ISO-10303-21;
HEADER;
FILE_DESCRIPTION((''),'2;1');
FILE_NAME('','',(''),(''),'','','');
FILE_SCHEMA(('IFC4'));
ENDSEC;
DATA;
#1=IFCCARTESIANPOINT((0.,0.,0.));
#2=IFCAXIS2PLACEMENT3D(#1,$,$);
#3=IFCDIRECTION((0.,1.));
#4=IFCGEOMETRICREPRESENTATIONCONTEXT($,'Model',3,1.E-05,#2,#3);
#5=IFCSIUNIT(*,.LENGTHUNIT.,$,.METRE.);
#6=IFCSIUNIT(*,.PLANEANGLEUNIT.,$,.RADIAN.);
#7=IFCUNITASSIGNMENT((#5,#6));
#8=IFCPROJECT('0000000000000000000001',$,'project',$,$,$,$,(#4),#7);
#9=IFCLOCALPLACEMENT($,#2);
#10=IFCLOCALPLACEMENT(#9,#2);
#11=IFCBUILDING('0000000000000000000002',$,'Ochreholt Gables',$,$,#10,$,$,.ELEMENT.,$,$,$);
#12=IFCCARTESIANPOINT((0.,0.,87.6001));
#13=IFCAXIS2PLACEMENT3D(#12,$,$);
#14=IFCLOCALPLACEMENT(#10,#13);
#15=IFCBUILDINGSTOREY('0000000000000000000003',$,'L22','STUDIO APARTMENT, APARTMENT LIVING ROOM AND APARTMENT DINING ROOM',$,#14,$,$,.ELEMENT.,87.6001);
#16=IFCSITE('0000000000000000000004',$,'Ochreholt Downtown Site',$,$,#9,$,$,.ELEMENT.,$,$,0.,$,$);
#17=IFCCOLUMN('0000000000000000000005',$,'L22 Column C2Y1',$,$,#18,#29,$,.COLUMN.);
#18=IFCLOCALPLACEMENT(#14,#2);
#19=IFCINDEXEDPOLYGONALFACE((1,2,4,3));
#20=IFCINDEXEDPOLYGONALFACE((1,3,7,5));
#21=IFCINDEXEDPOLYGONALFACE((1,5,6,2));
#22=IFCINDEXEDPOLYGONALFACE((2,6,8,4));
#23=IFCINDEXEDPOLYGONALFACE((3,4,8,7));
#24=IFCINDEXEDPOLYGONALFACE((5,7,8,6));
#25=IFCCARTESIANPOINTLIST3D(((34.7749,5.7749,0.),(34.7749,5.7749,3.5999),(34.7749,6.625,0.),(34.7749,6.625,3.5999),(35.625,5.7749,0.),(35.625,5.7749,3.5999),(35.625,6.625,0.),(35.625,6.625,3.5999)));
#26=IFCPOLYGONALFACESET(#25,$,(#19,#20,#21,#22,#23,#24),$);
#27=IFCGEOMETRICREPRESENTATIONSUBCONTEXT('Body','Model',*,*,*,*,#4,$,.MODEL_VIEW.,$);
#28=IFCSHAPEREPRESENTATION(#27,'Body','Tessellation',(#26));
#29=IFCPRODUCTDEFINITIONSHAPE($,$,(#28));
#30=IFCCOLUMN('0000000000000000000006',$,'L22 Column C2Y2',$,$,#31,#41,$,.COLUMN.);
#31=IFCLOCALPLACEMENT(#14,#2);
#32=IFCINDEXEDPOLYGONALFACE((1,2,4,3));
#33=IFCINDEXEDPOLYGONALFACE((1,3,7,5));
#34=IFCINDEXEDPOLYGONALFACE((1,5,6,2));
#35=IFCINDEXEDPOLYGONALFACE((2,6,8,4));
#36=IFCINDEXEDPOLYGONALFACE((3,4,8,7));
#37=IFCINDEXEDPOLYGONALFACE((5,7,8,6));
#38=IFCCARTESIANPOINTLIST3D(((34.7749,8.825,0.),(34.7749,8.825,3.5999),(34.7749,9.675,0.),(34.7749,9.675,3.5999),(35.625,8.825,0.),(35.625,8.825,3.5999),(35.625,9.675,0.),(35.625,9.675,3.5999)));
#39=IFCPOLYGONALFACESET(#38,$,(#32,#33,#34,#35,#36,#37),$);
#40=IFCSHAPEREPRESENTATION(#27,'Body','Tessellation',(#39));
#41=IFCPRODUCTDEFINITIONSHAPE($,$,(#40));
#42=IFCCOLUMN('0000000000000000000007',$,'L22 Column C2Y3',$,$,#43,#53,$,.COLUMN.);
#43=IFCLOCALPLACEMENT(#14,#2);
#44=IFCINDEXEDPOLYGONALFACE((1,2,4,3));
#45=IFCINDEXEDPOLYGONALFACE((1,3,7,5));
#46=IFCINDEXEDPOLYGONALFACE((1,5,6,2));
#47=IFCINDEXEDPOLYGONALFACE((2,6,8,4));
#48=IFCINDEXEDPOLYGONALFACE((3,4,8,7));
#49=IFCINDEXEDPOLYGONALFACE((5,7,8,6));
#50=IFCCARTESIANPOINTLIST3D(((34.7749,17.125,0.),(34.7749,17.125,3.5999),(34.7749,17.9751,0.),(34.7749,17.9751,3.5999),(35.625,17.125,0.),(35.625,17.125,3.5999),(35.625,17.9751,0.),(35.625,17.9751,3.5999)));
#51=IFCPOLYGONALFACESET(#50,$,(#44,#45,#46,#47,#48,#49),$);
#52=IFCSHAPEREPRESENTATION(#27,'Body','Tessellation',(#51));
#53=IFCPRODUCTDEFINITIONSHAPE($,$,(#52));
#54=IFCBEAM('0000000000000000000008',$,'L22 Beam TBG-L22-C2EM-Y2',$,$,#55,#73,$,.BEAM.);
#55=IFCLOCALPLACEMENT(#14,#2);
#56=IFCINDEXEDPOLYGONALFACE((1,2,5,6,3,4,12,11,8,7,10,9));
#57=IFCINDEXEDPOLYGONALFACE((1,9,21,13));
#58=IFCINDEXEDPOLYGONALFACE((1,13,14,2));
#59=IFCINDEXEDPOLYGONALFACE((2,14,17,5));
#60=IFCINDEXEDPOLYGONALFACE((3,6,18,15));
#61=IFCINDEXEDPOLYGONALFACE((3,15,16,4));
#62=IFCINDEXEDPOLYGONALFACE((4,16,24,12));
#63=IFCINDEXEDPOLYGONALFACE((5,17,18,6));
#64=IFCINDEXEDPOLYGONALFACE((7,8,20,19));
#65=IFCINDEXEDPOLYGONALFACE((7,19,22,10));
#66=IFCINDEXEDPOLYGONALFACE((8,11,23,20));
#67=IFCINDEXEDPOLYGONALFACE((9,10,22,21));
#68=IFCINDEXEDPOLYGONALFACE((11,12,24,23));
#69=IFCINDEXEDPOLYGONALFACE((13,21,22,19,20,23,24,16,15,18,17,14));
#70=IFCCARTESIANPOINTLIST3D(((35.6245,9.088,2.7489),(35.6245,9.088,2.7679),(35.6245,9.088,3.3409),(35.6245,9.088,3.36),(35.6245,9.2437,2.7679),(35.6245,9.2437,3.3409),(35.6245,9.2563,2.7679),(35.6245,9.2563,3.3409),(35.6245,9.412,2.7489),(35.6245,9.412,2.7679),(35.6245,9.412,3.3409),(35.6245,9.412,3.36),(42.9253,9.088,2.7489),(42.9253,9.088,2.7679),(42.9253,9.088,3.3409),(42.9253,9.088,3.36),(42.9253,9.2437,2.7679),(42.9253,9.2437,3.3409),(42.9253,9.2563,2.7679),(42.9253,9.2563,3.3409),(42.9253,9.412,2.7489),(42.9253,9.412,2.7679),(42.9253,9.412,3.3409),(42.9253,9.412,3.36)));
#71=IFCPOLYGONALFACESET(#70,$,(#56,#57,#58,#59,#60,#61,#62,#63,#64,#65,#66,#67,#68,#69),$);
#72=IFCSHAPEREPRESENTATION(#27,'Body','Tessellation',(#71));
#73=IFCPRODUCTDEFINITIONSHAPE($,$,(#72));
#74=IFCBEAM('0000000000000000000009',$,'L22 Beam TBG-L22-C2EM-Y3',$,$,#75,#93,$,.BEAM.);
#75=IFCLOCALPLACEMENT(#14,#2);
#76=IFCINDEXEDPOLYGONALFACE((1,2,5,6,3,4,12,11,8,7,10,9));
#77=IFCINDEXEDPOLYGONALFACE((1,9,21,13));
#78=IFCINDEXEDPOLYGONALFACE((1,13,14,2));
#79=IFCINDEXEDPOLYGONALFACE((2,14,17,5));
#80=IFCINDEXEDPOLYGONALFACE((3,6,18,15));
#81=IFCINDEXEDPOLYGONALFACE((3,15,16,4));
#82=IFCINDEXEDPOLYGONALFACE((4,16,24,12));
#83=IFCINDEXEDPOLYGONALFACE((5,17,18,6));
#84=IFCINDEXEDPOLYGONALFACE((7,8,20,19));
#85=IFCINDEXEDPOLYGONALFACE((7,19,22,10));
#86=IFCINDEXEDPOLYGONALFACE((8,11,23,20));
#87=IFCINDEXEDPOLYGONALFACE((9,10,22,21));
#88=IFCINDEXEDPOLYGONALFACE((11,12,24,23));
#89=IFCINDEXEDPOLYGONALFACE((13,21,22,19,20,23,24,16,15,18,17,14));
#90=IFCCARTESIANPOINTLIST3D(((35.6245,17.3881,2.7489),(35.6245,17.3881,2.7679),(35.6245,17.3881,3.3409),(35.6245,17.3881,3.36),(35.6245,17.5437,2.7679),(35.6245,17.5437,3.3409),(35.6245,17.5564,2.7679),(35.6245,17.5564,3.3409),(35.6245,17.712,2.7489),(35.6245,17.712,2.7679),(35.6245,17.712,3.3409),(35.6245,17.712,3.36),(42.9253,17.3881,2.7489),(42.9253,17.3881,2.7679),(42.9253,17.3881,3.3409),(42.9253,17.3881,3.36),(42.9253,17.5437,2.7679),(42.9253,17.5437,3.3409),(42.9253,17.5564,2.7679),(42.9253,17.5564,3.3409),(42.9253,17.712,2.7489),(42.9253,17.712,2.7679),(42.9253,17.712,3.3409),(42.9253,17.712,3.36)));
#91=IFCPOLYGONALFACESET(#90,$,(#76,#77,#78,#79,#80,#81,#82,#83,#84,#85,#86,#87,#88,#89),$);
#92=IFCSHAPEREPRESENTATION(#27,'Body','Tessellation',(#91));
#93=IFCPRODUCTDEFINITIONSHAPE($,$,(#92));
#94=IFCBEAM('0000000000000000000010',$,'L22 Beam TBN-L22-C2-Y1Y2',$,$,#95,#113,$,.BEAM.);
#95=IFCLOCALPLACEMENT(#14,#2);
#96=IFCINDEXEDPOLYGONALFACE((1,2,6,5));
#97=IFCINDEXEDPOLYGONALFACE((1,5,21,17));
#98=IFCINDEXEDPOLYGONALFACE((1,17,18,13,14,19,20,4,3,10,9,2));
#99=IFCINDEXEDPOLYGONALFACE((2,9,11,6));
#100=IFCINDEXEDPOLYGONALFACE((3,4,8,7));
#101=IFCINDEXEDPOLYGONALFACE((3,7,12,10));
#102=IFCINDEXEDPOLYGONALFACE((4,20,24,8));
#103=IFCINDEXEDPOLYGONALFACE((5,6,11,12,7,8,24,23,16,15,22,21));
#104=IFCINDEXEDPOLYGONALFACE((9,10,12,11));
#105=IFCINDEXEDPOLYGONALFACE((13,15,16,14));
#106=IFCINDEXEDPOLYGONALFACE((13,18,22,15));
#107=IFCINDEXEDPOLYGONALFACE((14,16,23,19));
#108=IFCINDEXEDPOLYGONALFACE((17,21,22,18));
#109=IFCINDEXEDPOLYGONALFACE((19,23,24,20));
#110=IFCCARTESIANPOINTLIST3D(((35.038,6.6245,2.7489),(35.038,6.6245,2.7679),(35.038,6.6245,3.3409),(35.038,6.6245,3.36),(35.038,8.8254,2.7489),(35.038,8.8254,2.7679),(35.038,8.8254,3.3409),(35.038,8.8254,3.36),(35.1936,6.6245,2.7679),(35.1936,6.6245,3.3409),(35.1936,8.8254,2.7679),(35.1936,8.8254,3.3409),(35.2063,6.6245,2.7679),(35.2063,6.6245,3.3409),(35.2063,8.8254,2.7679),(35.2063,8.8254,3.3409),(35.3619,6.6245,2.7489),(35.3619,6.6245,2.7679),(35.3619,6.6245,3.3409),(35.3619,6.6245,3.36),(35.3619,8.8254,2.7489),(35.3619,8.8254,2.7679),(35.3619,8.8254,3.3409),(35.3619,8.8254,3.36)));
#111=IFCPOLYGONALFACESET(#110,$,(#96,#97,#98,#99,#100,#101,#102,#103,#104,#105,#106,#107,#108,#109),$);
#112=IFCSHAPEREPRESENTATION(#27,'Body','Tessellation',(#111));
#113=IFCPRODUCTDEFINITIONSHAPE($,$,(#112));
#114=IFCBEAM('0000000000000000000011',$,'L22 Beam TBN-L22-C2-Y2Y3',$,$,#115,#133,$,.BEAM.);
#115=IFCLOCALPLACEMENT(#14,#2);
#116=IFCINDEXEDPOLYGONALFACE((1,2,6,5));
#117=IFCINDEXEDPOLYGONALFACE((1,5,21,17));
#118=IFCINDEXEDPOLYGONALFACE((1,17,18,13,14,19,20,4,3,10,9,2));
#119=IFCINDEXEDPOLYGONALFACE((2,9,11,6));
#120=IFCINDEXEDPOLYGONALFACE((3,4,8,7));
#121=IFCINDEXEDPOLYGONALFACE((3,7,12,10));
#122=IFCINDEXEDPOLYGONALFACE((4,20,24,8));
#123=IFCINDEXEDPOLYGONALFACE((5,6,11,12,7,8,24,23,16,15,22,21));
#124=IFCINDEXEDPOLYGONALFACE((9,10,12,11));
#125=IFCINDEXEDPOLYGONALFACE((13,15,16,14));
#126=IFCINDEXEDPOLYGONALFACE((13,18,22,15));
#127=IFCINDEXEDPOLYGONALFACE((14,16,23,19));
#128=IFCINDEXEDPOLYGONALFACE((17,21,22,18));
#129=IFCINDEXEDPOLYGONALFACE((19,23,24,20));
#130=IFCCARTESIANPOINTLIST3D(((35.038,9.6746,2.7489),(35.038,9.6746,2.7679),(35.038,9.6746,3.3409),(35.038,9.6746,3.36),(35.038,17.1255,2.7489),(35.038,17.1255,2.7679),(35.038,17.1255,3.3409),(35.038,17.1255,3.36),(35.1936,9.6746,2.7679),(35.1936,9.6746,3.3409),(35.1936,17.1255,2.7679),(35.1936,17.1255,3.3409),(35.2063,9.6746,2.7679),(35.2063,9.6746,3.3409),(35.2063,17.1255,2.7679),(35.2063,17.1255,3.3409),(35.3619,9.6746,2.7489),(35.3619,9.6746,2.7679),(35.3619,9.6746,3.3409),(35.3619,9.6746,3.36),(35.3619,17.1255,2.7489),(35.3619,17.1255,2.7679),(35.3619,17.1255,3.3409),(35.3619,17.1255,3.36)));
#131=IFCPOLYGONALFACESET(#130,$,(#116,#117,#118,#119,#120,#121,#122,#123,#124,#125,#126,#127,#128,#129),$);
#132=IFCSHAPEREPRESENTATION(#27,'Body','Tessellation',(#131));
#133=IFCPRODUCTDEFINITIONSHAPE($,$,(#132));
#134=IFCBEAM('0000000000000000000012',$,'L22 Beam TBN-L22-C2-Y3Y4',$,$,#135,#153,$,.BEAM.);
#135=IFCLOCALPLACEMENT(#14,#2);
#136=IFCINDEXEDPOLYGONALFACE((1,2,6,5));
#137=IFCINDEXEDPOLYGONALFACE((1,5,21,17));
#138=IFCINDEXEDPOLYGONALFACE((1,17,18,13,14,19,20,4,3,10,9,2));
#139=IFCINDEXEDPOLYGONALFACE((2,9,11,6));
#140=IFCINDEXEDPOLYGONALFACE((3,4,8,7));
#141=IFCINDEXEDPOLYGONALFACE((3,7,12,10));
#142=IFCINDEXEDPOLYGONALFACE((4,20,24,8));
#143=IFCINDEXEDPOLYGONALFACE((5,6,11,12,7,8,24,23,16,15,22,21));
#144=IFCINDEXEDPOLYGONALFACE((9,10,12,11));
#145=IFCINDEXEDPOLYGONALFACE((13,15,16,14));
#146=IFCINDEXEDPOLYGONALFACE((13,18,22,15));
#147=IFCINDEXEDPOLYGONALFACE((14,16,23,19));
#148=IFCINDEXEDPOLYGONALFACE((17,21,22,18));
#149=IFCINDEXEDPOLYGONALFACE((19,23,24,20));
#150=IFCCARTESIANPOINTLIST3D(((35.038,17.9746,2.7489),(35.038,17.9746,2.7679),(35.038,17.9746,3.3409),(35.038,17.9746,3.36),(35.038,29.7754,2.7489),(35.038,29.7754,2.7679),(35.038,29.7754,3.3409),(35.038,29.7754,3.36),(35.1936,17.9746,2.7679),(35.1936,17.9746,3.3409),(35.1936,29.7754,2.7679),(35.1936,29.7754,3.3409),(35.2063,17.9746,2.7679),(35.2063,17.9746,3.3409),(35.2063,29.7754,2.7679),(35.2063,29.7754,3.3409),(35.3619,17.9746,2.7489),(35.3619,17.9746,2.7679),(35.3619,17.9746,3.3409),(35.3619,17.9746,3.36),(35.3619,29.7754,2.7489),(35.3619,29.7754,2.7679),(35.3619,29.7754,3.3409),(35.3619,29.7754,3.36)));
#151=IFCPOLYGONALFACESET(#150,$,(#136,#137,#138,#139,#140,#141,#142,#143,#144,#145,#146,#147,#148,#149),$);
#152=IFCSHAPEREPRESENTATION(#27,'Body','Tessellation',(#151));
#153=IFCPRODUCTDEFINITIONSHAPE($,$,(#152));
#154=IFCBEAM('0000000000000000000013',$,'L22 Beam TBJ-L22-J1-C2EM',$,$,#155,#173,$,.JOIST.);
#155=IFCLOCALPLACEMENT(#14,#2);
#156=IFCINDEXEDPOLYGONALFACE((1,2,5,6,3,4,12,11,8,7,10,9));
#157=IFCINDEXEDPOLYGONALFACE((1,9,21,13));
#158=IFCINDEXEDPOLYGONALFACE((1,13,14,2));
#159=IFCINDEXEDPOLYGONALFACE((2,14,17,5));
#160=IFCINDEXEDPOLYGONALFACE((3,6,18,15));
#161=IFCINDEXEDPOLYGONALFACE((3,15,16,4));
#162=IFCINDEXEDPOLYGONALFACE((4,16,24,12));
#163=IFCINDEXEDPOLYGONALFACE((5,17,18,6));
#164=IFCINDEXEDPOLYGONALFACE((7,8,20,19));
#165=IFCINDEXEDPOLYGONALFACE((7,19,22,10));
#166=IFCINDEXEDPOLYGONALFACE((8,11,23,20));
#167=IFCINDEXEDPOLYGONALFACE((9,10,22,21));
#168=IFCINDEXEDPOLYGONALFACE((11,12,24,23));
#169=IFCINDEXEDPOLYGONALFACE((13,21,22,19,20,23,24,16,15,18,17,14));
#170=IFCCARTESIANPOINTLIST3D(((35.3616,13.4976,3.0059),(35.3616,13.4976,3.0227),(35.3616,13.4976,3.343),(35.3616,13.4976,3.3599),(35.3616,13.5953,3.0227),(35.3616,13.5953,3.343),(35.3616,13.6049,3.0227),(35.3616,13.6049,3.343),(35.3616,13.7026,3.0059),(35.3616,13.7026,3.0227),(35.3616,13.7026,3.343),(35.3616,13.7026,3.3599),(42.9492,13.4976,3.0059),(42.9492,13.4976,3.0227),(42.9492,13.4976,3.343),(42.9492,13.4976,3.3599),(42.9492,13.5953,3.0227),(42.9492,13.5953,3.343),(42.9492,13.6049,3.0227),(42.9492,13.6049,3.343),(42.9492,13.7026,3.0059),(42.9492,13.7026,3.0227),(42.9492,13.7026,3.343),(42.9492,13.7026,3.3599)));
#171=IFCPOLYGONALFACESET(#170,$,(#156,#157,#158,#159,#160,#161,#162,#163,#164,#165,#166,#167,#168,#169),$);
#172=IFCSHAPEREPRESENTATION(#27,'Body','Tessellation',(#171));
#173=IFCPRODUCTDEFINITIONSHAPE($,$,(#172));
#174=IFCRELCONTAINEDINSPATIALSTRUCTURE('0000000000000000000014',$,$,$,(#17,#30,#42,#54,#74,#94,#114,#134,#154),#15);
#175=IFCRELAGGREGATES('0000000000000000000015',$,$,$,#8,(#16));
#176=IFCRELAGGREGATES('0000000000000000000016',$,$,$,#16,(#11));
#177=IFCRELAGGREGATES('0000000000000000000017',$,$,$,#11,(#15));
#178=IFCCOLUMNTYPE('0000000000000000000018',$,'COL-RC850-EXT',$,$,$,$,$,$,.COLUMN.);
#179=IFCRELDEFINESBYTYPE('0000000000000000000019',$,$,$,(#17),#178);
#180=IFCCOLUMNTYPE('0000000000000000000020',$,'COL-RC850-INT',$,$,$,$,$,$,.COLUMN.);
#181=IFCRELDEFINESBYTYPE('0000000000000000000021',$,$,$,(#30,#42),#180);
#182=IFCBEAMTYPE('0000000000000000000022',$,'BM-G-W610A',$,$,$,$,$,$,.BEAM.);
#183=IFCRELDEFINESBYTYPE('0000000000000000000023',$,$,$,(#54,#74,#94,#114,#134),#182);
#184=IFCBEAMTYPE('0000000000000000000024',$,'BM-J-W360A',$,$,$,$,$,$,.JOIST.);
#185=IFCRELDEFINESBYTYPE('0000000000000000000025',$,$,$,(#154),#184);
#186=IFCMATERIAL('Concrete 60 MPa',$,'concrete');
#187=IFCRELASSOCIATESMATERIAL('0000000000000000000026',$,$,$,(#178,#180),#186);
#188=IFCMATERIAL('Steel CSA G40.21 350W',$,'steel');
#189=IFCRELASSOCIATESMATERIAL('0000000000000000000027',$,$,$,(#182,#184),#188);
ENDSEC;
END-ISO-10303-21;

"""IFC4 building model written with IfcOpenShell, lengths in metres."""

from ifc_helpers import new_model, si_unit, direction, frame, origin, origin_2d, place, context, subcontext, project, spatial, rectangle, i_section, extrude, material, material_profile, profile_set, type_object, element, save


model = new_model("IFC4")

# Units and contexts
model_context = context("Model", 3, precision=1e-05, world=origin(), true_north=direction((0.0, 1.0)))
body_context = subcontext(model_context, "Body", "Model", "MODEL_VIEW")
ifc_project = project(units=[si_unit("LENGTHUNIT", "METRE"), si_unit("PLANEANGLEUNIT", "RADIAN")], contexts=[model_context])

# Site, building, storey
site_placement = place(None, origin())
site = spatial("IfcSite", under=ifc_project, at=site_placement, Name="Ochreholt Downtown Site", CompositionType="ELEMENT", RefElevation=0.0)
building_placement = place(site_placement, origin())
building = spatial("IfcBuilding", under=site, at=building_placement, Name="Ochreholt Gables", CompositionType="ELEMENT")
storey_placement = place(building_placement, frame((0.0, 0.0, 87.6001)))
storey = spatial("IfcBuildingStorey", under=building, at=storey_placement, Name="L22", Description="STUDIO APARTMENT, APARTMENT LIVING ROOM AND APARTMENT DINING ROOM", CompositionType="ELEMENT", Elevation=87.6001)

# Columns
ifc_material_1 = material(Name="Concrete 60 MPa", Category="concrete")
ifc_material_profile_1 = material_profile(ifc_material_1, rectangle(XDim=0.8501, YDim=0.8501, at=origin_2d()), Name="RC850X850")
ifc_profile_set_1 = profile_set([ifc_material_profile_1], Name="Concrete 60 MPa")
column_type_1 = type_object("IfcColumnType", Name="COL-RC850-EXT", PredefinedType="COLUMN", material=ifc_profile_set_1)
column_placement = place(storey_placement, frame((35.2, 6.2, 0.0), z_axis=(0.0, 0.0, 1.0), x_axis=(1.0, 0.0, 0.0)))
element("IfcColumn", 1, at=column_placement, inside=storey, type_object=column_type_1, Name="L22 Column C2Y1", PredefinedType="COLUMN", context=body_context, shape_type="SweptSolid", body=[
    extrude(rectangle(XDim=0.8501, YDim=0.8501, at=origin_2d()), origin(), (0.0, 0.0, 1.0), 3.5999),
])
ifc_material_profile_2 = material_profile(ifc_material_1, rectangle(XDim=0.8501, YDim=0.8501, at=origin_2d()), Name="RC850X850")
ifc_profile_set_2 = profile_set([ifc_material_profile_2], Name="Concrete 60 MPa")
column_type_2 = type_object("IfcColumnType", Name="COL-RC850-INT", PredefinedType="COLUMN", material=ifc_profile_set_2)
for number, where, z_axis, x_axis, name in (
    (2, (35.2, 9.25, 0.0), (0.0, 0.0, 1.0), (1.0, 0.0, 0.0), "L22 Column C2Y2"),
    (3, (35.2, 17.55, 0.0), (0.0, 0.0, 1.0), (1.0, 0.0, 0.0), "L22 Column C2Y3"),
):
    element("IfcColumn", number, at=place(storey_placement, frame(where, z_axis=z_axis, x_axis=x_axis)), inside=storey, type_object=column_type_2, Name=name, PredefinedType="COLUMN", context=body_context, shape_type="SweptSolid", body=[
        extrude(rectangle(XDim=0.8501, YDim=0.8501, at=origin_2d()), origin(), (0.0, 0.0, 1.0), 3.5999),
    ])

# Beams
ifc_material_2 = material(Name="Steel CSA G40.21 350W", Category="steel")
ifc_material_profile_3 = material_profile(ifc_material_2, i_section(OverallWidth=0.324, OverallDepth=0.6111, WebThickness=0.0127, FlangeThickness=0.019, at=origin_2d()), Name="W610X155")
ifc_profile_set_3 = profile_set([ifc_material_profile_3], Name="Steel CSA G40.21 350W")
beam_type_1 = type_object("IfcBeamType", Name="BM-G-W610A", PredefinedType="BEAM", material=ifc_profile_set_3)
for number, where, z_axis, x_axis, name in (
    (4, (35.6245, 9.25, 3.0544), (1.0, 0.0, 0.0), (0.0, 1.0, 0.0), "L22 Beam TBG-L22-C2EM-Y2"),
    (5, (35.6245, 17.55, 3.0544), (1.0, 0.0, 0.0), (0.0, 1.0, 0.0), "L22 Beam TBG-L22-C2EM-Y3"),
):
    element("IfcBeam", number, at=place(storey_placement, frame(where, z_axis=z_axis, x_axis=x_axis)), inside=storey, type_object=beam_type_1, Name=name, PredefinedType="BEAM", context=body_context, shape_type="SweptSolid", body=[
        extrude(i_section(OverallWidth=0.324, OverallDepth=0.6111, WebThickness=0.0127, FlangeThickness=0.019, at=origin_2d()), origin(), (0.0, 0.0, 1.0), 7.3008),
    ])
beam_1_placement = place(storey_placement, frame((35.2, 6.6245, 3.0544), z_axis=(0.0, 1.0, 0.0), x_axis=(-1.0, 0.0, 0.0)))
element("IfcBeam", 6, at=beam_1_placement, inside=storey, type_object=beam_type_1, Name="L22 Beam TBN-L22-C2-Y1Y2", PredefinedType="BEAM", context=body_context, shape_type="SweptSolid", body=[
    extrude(i_section(OverallWidth=0.324, OverallDepth=0.6111, WebThickness=0.0127, FlangeThickness=0.019, at=origin_2d()), origin(), (0.0, 0.0, 1.0), 2.2009),
])
beam_2_placement = place(storey_placement, frame((35.2, 9.6746, 3.0544), z_axis=(0.0, 1.0, 0.0), x_axis=(-1.0, 0.0, 0.0)))
element("IfcBeam", 7, at=beam_2_placement, inside=storey, type_object=beam_type_1, Name="L22 Beam TBN-L22-C2-Y2Y3", PredefinedType="BEAM", context=body_context, shape_type="SweptSolid", body=[
    extrude(i_section(OverallWidth=0.324, OverallDepth=0.6111, WebThickness=0.0127, FlangeThickness=0.019, at=origin_2d()), origin(), (0.0, 0.0, 1.0), 7.4509),
])
beam_3_placement = place(storey_placement, frame((35.2, 17.9746, 3.0544), z_axis=(0.0, 1.0, 0.0), x_axis=(-1.0, 0.0, 0.0)))
element("IfcBeam", 8, at=beam_3_placement, inside=storey, type_object=beam_type_1, Name="L22 Beam TBN-L22-C2-Y3Y4", PredefinedType="BEAM", context=body_context, shape_type="SweptSolid", body=[
    extrude(i_section(OverallWidth=0.324, OverallDepth=0.6111, WebThickness=0.0127, FlangeThickness=0.019, at=origin_2d()), origin(), (0.0, 0.0, 1.0), 11.8008),
])
ifc_material_profile_4 = material_profile(ifc_material_2, i_section(OverallWidth=0.2051, OverallDepth=0.354, WebThickness=0.0095, FlangeThickness=0.0168, at=origin_2d()), Name="W360X79")
ifc_profile_set_4 = profile_set([ifc_material_profile_4], Name="Steel CSA G40.21 350W")
beam_type_2 = type_object("IfcBeamType", Name="BM-J-W360A", PredefinedType="JOIST", material=ifc_profile_set_4)
beam_4_placement = place(storey_placement, frame((35.3616, 13.6001, 3.1829), z_axis=(1.0, 0.0, 0.0), x_axis=(0.0, 1.0, 0.0)))
element("IfcBeam", 9, at=beam_4_placement, inside=storey, type_object=beam_type_2, Name="L22 Beam TBJ-L22-J1-C2EM", PredefinedType="JOIST", context=body_context, shape_type="SweptSolid", body=[
    extrude(i_section(OverallWidth=0.2051, OverallDepth=0.354, WebThickness=0.0095, FlangeThickness=0.0168, at=origin_2d()), origin(), (0.0, 0.0, 1.0), 7.5876),
])

save(model, "model.ifc")
